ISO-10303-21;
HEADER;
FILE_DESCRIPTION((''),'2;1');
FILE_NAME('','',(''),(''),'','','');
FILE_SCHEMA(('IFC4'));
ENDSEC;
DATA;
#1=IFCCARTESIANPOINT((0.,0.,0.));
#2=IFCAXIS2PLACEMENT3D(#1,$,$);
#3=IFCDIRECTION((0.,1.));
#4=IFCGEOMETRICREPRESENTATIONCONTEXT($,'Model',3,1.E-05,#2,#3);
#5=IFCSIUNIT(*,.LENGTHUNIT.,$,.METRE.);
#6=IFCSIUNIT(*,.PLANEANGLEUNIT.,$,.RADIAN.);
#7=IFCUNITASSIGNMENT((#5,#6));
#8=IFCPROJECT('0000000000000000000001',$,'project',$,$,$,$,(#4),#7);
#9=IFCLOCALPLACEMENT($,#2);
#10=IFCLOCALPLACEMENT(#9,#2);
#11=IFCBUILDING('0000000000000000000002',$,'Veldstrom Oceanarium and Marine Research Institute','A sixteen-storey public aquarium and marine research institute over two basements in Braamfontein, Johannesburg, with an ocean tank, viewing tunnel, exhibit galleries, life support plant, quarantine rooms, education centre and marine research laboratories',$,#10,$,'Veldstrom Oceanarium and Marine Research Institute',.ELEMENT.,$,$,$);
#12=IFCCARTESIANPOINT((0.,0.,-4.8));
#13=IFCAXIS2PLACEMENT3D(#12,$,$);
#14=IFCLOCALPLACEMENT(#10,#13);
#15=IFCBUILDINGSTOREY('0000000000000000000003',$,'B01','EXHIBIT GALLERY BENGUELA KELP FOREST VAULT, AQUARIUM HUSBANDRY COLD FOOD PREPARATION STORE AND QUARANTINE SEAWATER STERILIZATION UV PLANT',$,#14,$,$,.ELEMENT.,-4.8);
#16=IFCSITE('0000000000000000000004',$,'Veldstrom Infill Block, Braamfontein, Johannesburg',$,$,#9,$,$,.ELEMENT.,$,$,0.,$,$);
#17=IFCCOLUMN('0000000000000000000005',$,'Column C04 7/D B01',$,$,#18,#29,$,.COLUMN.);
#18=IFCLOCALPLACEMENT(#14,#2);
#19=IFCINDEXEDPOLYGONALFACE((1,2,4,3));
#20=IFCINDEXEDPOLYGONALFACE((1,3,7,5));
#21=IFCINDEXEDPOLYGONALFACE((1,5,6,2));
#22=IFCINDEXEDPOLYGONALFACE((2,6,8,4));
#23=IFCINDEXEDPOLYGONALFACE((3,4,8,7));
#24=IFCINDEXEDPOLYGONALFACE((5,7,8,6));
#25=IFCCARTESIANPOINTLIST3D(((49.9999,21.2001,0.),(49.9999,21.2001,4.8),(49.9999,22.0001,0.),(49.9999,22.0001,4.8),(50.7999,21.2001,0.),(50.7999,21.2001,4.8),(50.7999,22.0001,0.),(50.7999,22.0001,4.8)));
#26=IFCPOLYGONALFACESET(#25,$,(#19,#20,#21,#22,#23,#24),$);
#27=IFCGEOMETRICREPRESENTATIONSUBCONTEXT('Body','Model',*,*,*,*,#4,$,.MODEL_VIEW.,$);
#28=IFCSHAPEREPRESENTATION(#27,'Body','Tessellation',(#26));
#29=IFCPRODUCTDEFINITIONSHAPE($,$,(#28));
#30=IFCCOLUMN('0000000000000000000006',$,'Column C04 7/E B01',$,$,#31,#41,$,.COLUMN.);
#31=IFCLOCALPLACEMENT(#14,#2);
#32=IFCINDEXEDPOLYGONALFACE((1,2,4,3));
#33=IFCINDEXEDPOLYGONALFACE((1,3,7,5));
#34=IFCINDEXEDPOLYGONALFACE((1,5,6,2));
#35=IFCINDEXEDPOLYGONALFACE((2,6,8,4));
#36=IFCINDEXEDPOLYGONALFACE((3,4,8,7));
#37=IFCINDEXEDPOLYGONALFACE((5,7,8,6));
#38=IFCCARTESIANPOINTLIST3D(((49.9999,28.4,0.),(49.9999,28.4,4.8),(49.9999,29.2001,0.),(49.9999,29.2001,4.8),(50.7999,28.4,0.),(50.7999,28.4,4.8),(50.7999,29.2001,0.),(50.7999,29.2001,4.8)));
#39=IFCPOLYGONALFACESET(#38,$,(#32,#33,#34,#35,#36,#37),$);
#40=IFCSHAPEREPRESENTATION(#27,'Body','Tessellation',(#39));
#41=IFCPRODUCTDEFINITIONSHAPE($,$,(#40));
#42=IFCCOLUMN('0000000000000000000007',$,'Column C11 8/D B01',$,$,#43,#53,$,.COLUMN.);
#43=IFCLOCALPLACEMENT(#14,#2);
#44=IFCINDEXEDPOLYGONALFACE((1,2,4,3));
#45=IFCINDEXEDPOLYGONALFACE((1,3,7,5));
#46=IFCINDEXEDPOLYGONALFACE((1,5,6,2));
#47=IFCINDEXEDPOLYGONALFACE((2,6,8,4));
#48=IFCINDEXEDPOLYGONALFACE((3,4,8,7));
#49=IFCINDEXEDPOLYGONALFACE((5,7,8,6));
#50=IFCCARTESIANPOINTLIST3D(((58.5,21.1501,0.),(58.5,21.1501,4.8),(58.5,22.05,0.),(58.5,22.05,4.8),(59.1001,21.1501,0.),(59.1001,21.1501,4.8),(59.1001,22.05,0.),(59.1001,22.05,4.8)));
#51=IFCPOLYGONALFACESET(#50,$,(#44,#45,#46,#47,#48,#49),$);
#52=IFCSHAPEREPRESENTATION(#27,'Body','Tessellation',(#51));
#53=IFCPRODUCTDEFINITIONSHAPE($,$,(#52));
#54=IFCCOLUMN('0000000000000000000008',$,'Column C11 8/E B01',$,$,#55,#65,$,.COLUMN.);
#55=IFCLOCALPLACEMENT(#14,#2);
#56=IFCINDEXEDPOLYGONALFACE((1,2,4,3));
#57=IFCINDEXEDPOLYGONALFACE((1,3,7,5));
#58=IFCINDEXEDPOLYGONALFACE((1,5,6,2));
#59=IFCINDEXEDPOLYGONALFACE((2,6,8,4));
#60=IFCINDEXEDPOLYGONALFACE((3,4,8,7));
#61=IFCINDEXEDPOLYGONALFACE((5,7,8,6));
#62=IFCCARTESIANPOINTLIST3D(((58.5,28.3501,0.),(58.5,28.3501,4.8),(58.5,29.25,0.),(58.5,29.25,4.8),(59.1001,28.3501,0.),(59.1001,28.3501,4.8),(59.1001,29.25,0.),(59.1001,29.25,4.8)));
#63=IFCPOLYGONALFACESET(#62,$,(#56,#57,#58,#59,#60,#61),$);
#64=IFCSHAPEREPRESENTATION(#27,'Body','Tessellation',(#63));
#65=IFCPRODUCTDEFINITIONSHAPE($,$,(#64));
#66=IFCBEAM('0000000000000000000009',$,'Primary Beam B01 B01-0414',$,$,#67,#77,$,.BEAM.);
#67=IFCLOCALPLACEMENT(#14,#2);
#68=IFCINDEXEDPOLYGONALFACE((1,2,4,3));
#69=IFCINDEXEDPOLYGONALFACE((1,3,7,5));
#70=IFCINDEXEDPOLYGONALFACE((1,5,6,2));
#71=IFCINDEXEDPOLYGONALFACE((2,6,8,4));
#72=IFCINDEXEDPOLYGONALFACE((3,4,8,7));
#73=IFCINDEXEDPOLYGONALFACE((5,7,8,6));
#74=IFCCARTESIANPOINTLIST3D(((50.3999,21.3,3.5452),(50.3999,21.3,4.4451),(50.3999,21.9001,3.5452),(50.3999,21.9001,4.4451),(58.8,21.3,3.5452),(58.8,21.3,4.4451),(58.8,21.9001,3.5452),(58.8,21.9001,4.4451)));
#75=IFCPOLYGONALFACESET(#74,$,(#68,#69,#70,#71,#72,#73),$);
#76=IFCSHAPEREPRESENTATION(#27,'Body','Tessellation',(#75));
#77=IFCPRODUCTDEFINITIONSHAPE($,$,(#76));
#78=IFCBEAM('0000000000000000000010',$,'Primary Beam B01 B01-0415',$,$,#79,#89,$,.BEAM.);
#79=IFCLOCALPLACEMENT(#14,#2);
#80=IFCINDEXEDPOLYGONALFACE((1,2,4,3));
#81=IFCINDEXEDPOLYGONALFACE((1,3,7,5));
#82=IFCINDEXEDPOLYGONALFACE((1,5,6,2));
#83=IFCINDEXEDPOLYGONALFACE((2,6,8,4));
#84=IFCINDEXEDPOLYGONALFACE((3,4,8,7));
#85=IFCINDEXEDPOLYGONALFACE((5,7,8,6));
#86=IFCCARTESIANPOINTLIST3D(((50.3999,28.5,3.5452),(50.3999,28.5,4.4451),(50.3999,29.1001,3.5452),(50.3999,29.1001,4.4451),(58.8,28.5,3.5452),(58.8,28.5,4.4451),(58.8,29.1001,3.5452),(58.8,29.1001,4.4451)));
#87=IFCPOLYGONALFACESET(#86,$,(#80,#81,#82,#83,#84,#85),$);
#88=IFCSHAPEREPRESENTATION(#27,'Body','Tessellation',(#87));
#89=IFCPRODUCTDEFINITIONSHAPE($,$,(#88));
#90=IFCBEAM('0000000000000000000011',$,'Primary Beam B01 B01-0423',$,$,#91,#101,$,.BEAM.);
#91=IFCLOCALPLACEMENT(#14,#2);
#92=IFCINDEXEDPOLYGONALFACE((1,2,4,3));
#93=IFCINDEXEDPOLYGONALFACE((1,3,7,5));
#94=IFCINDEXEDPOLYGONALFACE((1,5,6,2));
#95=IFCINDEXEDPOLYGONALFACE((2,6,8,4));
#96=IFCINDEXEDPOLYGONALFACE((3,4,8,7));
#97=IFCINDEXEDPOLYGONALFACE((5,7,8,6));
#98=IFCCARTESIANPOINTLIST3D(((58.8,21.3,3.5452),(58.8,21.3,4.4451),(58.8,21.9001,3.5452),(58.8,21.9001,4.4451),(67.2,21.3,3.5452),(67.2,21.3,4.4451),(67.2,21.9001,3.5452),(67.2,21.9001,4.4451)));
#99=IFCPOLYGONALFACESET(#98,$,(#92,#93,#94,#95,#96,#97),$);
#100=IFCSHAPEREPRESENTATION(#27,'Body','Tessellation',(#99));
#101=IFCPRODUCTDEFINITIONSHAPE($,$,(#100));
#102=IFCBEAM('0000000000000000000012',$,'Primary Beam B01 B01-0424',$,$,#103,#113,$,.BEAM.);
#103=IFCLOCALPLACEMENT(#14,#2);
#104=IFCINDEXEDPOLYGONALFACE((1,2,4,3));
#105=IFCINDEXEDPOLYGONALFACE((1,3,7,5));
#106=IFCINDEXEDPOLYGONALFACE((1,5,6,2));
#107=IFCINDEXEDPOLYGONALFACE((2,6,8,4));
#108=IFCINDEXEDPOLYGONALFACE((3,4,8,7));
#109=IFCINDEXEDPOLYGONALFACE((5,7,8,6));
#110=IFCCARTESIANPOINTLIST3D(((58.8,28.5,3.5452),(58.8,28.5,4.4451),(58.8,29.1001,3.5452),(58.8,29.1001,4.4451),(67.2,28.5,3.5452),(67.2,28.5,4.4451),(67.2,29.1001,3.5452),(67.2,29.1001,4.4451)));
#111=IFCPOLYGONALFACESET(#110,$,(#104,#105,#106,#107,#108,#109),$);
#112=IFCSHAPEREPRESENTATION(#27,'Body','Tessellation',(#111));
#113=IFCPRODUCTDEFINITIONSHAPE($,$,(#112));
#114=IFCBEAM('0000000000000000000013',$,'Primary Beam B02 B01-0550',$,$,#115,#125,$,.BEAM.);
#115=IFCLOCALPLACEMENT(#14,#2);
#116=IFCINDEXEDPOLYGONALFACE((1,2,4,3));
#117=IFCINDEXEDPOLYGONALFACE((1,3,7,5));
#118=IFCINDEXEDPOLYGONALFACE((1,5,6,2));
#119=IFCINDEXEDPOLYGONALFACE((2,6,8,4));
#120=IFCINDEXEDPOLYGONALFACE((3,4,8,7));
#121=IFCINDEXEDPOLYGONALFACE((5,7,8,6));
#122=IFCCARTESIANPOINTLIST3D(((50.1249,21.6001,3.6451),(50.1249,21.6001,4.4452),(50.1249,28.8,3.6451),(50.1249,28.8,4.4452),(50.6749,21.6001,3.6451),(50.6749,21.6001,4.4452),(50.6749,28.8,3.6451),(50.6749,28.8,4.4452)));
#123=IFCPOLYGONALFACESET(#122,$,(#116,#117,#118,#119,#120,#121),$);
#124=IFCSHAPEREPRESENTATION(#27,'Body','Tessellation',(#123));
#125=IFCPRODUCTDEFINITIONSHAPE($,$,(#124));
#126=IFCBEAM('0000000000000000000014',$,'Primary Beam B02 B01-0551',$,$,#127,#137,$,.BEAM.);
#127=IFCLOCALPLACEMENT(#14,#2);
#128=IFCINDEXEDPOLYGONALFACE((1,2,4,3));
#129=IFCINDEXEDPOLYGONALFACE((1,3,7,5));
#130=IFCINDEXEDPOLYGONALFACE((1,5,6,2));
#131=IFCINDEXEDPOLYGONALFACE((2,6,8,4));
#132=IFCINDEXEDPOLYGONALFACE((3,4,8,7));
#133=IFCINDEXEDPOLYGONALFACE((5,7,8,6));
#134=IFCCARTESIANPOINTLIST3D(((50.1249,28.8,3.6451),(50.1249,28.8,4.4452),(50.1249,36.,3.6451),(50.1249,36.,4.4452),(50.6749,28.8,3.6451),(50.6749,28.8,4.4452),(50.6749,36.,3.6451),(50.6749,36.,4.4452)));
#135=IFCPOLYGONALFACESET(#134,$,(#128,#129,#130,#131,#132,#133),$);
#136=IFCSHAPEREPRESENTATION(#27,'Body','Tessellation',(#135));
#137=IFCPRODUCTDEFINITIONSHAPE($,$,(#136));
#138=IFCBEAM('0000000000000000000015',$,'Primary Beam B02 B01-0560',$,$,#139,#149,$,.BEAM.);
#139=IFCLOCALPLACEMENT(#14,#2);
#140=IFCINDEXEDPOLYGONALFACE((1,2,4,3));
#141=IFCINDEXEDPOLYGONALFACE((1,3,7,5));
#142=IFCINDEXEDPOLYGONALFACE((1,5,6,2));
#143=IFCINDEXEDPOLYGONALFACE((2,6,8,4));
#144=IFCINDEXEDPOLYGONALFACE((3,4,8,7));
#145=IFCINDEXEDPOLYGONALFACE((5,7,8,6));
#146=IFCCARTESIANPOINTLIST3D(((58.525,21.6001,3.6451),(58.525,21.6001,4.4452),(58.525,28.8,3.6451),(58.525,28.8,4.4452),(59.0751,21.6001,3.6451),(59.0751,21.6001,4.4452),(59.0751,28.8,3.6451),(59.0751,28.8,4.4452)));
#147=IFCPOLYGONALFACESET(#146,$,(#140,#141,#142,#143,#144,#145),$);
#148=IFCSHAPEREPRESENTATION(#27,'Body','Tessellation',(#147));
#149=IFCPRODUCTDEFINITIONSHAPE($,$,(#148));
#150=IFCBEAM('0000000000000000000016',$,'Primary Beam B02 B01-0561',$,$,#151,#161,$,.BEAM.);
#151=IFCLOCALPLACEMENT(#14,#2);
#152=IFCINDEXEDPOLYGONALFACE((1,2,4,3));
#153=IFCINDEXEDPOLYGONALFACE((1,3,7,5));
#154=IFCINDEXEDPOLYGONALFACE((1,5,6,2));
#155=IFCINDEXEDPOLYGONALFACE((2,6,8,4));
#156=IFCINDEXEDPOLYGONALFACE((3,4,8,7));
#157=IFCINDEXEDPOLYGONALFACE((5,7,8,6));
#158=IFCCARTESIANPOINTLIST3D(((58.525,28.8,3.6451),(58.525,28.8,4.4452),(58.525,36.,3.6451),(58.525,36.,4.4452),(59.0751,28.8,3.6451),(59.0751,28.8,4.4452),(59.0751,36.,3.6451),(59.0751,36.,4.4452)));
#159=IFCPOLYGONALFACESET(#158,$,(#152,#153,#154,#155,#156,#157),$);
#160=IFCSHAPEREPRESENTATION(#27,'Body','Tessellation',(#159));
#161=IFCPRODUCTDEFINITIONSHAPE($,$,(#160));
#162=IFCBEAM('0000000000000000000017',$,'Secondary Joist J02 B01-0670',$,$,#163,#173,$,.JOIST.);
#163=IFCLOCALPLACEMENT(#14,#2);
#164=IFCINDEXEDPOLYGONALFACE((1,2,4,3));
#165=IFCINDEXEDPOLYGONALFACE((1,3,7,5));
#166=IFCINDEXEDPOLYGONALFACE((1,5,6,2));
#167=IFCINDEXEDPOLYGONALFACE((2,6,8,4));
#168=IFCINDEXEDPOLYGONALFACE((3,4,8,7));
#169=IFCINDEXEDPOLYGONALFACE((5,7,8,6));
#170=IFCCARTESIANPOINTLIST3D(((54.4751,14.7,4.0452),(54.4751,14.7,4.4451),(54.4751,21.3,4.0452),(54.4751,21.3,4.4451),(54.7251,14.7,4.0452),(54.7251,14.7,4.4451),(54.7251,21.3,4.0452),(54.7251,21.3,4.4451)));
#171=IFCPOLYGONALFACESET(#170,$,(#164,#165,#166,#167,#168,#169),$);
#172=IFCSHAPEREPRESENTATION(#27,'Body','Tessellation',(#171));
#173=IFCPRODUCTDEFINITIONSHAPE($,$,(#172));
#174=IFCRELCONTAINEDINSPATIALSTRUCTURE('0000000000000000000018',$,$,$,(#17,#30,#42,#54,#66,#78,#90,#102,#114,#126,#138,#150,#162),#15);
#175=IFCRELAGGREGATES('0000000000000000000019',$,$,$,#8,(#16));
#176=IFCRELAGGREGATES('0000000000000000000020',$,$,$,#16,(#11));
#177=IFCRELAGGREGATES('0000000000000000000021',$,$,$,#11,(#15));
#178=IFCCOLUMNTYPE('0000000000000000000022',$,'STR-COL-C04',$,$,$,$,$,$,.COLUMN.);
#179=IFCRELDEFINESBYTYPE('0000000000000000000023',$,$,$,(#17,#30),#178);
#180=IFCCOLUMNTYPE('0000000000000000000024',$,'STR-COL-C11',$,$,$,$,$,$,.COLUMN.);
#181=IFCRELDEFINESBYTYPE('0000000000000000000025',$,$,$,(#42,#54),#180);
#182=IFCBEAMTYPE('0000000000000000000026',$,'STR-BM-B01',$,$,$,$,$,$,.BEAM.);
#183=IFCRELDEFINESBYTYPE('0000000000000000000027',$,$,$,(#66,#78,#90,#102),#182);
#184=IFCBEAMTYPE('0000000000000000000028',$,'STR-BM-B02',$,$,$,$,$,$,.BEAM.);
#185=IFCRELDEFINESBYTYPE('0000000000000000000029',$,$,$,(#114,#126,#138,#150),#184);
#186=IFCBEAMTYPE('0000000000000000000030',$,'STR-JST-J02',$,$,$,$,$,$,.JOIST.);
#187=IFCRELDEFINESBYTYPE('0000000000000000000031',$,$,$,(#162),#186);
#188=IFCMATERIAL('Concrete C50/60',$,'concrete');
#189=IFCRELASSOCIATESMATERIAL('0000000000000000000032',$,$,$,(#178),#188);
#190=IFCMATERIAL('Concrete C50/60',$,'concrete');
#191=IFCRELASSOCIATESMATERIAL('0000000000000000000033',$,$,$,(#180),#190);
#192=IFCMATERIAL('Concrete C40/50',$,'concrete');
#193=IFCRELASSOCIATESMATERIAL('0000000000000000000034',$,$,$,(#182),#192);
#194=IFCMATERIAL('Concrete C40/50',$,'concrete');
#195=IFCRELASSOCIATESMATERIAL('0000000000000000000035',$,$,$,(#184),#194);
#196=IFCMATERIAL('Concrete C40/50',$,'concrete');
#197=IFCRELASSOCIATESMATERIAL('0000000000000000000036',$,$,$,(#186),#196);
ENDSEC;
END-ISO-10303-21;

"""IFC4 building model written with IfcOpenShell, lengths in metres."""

from ifc_helpers import new_model, si_unit, direction, frame, origin, origin_2d, place, context, subcontext, project, spatial, rectangle, extrude, material, material_profile, profile_set, type_object, element, save


model = new_model("IFC4")

# Units and contexts
model_context = context("Model", 3, precision=1e-05, world=origin(), true_north=direction((0.0, 1.0)))
body_context = subcontext(model_context, "Body", "Model", "MODEL_VIEW")
ifc_project = project(units=[si_unit("LENGTHUNIT", "METRE"), si_unit("PLANEANGLEUNIT", "RADIAN")], contexts=[model_context])

# Site, building, storey
site_placement = place(None, origin())
site = spatial("IfcSite", under=ifc_project, at=site_placement, Name="Veldstrom Infill Block, Braamfontein, Johannesburg", CompositionType="ELEMENT", RefElevation=0.0)
building_placement = place(site_placement, origin())
building = spatial("IfcBuilding", under=site, at=building_placement, Name="Veldstrom Oceanarium and Marine Research Institute", Description="A sixteen-storey public aquarium and marine research institute over two basements in Braamfontein, Johannesburg, with an ocean tank, viewing tunnel, exhibit galleries, life support plant, quarantine rooms, education centre and marine research laboratories", LongName="Veldstrom Oceanarium and Marine Research Institute", CompositionType="ELEMENT")
storey_placement = place(building_placement, frame((0.0, 0.0, -4.8)))
storey = spatial("IfcBuildingStorey", under=building, at=storey_placement, Name="B01", Description="EXHIBIT GALLERY BENGUELA KELP FOREST VAULT, AQUARIUM HUSBANDRY COLD FOOD PREPARATION STORE AND QUARANTINE SEAWATER STERILIZATION UV PLANT", CompositionType="ELEMENT", Elevation=-4.8)

# Columns
ifc_material_1 = material(Name="Concrete C50/60", Category="concrete")
ifc_material_profile_1 = material_profile(ifc_material_1, rectangle(XDim=0.8, YDim=0.8, at=origin_2d()), Name="RC-COL-800x800")
ifc_profile_set_1 = profile_set([ifc_material_profile_1], Name="Concrete C50/60")
column_type_1 = type_object("IfcColumnType", Name="STR-COL-C04", PredefinedType="COLUMN", material=ifc_profile_set_1)
for number, where, z_axis, x_axis, name in (
    (1, (50.3999, 21.6001, 0.0), (0.0, 0.0, 1.0), (1.0, 0.0, 0.0), "Column C04 7/D B01"),
    (2, (50.3999, 28.8, 0.0), (0.0, 0.0, 1.0), (1.0, 0.0, 0.0), "Column C04 7/E B01"),
):
    element("IfcColumn", number, at=place(storey_placement, frame(where, z_axis=z_axis, x_axis=x_axis)), inside=storey, type_object=column_type_1, Name=name, PredefinedType="COLUMN", context=body_context, shape_type="SweptSolid", body=[
        extrude(rectangle(XDim=0.8, YDim=0.8, at=origin_2d()), origin(), (0.0, 0.0, 1.0), 4.8),
    ])
ifc_material_2 = material(Name="Concrete C50/60", Category="concrete")
ifc_material_profile_2 = material_profile(ifc_material_2, rectangle(XDim=0.6001, YDim=0.8999, at=origin_2d()), Name="RC-COL-900x600")
ifc_profile_set_2 = profile_set([ifc_material_profile_2], Name="Concrete C50/60")
column_type_2 = type_object("IfcColumnType", Name="STR-COL-C11", PredefinedType="COLUMN", material=ifc_profile_set_2)
for number, where, z_axis, x_axis, name in (
    (3, (58.8, 21.6001, 0.0), (0.0, 0.0, 1.0), (1.0, 0.0, 0.0), "Column C11 8/D B01"),
    (4, (58.8, 28.8, 0.0), (0.0, 0.0, 1.0), (1.0, 0.0, 0.0), "Column C11 8/E B01"),
):
    element("IfcColumn", number, at=place(storey_placement, frame(where, z_axis=z_axis, x_axis=x_axis)), inside=storey, type_object=column_type_2, Name=name, PredefinedType="COLUMN", context=body_context, shape_type="SweptSolid", body=[
        extrude(rectangle(XDim=0.6001, YDim=0.8999, at=origin_2d()), origin(), (0.0, 0.0, 1.0), 4.8),
    ])

# Beams
ifc_material_3 = material(Name="Concrete C40/50", Category="concrete")
ifc_material_profile_3 = material_profile(ifc_material_3, rectangle(XDim=0.6001, YDim=0.8999, at=origin_2d()), Name="RC-BM-600x900")
ifc_profile_set_3 = profile_set([ifc_material_profile_3], Name="Concrete C40/50")
beam_type_1 = type_object("IfcBeamType", Name="STR-BM-B01", PredefinedType="BEAM", material=ifc_profile_set_3)
for number, where, z_axis, x_axis, name in (
    (5, (50.3999, 21.6001, 3.9951), (1.0, 0.0, 0.0), (0.0, 1.0, 0.0), "Primary Beam B01 B01-0414"),
    (6, (50.3999, 28.8, 3.9951), (1.0, 0.0, 0.0), (0.0, 1.0, 0.0), "Primary Beam B01 B01-0415"),
):
    element("IfcBeam", number, at=place(storey_placement, frame(where, z_axis=z_axis, x_axis=x_axis)), inside=storey, type_object=beam_type_1, Name=name, PredefinedType="BEAM", context=body_context, shape_type="SweptSolid", body=[
        extrude(rectangle(XDim=0.6001, YDim=0.8999, at=origin_2d()), origin(), (0.0, 0.0, 1.0), 8.4001),
    ])
for number, where, z_axis, x_axis, name in (
    (7, (58.8, 21.6001, 3.9951), (1.0, 0.0, 0.0), (0.0, 1.0, 0.0), "Primary Beam B01 B01-0423"),
    (8, (58.8, 28.8, 3.9951), (1.0, 0.0, 0.0), (0.0, 1.0, 0.0), "Primary Beam B01 B01-0424"),
):
    element("IfcBeam", number, at=place(storey_placement, frame(where, z_axis=z_axis, x_axis=x_axis)), inside=storey, type_object=beam_type_1, Name=name, PredefinedType="BEAM", context=body_context, shape_type="SweptSolid", body=[
        extrude(rectangle(XDim=0.6001, YDim=0.8999, at=origin_2d()), origin(), (0.0, 0.0, 1.0), 8.3999),
    ])
ifc_material_4 = material(Name="Concrete C40/50", Category="concrete")
ifc_material_profile_4 = material_profile(ifc_material_4, rectangle(XDim=0.55, YDim=0.8, at=origin_2d()), Name="RC-BM-550x800")
ifc_profile_set_4 = profile_set([ifc_material_profile_4], Name="Concrete C40/50")
beam_type_2 = type_object("IfcBeamType", Name="STR-BM-B02", PredefinedType="BEAM", material=ifc_profile_set_4)
for number, where, z_axis, x_axis, name in (
    (9, (50.3999, 21.6001, 4.0452), (0.0, 1.0, 0.0), (-1.0, 0.0, 0.0), "Primary Beam B02 B01-0550"),
    (10, (50.3999, 28.8, 4.0452), (0.0, 1.0, 0.0), (-1.0, 0.0, 0.0), "Primary Beam B02 B01-0551"),
    (11, (58.8, 21.6001, 4.0452), (0.0, 1.0, 0.0), (-1.0, 0.0, 0.0), "Primary Beam B02 B01-0560"),
    (12, (58.8, 28.8, 4.0452), (0.0, 1.0, 0.0), (-1.0, 0.0, 0.0), "Primary Beam B02 B01-0561"),
):
    element("IfcBeam", number, at=place(storey_placement, frame(where, z_axis=z_axis, x_axis=x_axis)), inside=storey, type_object=beam_type_2, Name=name, PredefinedType="BEAM", context=body_context, shape_type="SweptSolid", body=[
        extrude(rectangle(XDim=0.55, YDim=0.8, at=origin_2d()), origin(), (0.0, 0.0, 1.0), 7.2),
    ])
ifc_material_5 = material(Name="Concrete C40/50", Category="concrete")
ifc_material_profile_5 = material_profile(ifc_material_5, rectangle(XDim=0.25, YDim=0.3999, at=origin_2d()), Name="RC-JST-250x400")
ifc_profile_set_5 = profile_set([ifc_material_profile_5], Name="Concrete C40/50")
beam_type_3 = type_object("IfcBeamType", Name="STR-JST-J02", PredefinedType="JOIST", material=ifc_profile_set_5)
beam_placement = place(storey_placement, frame((54.6001, 14.7, 4.2451), z_axis=(0.0, 1.0, 0.0), x_axis=(-1.0, 0.0, 0.0)))
element("IfcBeam", 13, at=beam_placement, inside=storey, type_object=beam_type_3, Name="Secondary Joist J02 B01-0670", PredefinedType="JOIST", context=body_context, shape_type="SweptSolid", body=[
    extrude(rectangle(XDim=0.25, YDim=0.3999, at=origin_2d()), origin(), (0.0, 0.0, 1.0), 6.6001),
])

save(model, "model.ifc")
